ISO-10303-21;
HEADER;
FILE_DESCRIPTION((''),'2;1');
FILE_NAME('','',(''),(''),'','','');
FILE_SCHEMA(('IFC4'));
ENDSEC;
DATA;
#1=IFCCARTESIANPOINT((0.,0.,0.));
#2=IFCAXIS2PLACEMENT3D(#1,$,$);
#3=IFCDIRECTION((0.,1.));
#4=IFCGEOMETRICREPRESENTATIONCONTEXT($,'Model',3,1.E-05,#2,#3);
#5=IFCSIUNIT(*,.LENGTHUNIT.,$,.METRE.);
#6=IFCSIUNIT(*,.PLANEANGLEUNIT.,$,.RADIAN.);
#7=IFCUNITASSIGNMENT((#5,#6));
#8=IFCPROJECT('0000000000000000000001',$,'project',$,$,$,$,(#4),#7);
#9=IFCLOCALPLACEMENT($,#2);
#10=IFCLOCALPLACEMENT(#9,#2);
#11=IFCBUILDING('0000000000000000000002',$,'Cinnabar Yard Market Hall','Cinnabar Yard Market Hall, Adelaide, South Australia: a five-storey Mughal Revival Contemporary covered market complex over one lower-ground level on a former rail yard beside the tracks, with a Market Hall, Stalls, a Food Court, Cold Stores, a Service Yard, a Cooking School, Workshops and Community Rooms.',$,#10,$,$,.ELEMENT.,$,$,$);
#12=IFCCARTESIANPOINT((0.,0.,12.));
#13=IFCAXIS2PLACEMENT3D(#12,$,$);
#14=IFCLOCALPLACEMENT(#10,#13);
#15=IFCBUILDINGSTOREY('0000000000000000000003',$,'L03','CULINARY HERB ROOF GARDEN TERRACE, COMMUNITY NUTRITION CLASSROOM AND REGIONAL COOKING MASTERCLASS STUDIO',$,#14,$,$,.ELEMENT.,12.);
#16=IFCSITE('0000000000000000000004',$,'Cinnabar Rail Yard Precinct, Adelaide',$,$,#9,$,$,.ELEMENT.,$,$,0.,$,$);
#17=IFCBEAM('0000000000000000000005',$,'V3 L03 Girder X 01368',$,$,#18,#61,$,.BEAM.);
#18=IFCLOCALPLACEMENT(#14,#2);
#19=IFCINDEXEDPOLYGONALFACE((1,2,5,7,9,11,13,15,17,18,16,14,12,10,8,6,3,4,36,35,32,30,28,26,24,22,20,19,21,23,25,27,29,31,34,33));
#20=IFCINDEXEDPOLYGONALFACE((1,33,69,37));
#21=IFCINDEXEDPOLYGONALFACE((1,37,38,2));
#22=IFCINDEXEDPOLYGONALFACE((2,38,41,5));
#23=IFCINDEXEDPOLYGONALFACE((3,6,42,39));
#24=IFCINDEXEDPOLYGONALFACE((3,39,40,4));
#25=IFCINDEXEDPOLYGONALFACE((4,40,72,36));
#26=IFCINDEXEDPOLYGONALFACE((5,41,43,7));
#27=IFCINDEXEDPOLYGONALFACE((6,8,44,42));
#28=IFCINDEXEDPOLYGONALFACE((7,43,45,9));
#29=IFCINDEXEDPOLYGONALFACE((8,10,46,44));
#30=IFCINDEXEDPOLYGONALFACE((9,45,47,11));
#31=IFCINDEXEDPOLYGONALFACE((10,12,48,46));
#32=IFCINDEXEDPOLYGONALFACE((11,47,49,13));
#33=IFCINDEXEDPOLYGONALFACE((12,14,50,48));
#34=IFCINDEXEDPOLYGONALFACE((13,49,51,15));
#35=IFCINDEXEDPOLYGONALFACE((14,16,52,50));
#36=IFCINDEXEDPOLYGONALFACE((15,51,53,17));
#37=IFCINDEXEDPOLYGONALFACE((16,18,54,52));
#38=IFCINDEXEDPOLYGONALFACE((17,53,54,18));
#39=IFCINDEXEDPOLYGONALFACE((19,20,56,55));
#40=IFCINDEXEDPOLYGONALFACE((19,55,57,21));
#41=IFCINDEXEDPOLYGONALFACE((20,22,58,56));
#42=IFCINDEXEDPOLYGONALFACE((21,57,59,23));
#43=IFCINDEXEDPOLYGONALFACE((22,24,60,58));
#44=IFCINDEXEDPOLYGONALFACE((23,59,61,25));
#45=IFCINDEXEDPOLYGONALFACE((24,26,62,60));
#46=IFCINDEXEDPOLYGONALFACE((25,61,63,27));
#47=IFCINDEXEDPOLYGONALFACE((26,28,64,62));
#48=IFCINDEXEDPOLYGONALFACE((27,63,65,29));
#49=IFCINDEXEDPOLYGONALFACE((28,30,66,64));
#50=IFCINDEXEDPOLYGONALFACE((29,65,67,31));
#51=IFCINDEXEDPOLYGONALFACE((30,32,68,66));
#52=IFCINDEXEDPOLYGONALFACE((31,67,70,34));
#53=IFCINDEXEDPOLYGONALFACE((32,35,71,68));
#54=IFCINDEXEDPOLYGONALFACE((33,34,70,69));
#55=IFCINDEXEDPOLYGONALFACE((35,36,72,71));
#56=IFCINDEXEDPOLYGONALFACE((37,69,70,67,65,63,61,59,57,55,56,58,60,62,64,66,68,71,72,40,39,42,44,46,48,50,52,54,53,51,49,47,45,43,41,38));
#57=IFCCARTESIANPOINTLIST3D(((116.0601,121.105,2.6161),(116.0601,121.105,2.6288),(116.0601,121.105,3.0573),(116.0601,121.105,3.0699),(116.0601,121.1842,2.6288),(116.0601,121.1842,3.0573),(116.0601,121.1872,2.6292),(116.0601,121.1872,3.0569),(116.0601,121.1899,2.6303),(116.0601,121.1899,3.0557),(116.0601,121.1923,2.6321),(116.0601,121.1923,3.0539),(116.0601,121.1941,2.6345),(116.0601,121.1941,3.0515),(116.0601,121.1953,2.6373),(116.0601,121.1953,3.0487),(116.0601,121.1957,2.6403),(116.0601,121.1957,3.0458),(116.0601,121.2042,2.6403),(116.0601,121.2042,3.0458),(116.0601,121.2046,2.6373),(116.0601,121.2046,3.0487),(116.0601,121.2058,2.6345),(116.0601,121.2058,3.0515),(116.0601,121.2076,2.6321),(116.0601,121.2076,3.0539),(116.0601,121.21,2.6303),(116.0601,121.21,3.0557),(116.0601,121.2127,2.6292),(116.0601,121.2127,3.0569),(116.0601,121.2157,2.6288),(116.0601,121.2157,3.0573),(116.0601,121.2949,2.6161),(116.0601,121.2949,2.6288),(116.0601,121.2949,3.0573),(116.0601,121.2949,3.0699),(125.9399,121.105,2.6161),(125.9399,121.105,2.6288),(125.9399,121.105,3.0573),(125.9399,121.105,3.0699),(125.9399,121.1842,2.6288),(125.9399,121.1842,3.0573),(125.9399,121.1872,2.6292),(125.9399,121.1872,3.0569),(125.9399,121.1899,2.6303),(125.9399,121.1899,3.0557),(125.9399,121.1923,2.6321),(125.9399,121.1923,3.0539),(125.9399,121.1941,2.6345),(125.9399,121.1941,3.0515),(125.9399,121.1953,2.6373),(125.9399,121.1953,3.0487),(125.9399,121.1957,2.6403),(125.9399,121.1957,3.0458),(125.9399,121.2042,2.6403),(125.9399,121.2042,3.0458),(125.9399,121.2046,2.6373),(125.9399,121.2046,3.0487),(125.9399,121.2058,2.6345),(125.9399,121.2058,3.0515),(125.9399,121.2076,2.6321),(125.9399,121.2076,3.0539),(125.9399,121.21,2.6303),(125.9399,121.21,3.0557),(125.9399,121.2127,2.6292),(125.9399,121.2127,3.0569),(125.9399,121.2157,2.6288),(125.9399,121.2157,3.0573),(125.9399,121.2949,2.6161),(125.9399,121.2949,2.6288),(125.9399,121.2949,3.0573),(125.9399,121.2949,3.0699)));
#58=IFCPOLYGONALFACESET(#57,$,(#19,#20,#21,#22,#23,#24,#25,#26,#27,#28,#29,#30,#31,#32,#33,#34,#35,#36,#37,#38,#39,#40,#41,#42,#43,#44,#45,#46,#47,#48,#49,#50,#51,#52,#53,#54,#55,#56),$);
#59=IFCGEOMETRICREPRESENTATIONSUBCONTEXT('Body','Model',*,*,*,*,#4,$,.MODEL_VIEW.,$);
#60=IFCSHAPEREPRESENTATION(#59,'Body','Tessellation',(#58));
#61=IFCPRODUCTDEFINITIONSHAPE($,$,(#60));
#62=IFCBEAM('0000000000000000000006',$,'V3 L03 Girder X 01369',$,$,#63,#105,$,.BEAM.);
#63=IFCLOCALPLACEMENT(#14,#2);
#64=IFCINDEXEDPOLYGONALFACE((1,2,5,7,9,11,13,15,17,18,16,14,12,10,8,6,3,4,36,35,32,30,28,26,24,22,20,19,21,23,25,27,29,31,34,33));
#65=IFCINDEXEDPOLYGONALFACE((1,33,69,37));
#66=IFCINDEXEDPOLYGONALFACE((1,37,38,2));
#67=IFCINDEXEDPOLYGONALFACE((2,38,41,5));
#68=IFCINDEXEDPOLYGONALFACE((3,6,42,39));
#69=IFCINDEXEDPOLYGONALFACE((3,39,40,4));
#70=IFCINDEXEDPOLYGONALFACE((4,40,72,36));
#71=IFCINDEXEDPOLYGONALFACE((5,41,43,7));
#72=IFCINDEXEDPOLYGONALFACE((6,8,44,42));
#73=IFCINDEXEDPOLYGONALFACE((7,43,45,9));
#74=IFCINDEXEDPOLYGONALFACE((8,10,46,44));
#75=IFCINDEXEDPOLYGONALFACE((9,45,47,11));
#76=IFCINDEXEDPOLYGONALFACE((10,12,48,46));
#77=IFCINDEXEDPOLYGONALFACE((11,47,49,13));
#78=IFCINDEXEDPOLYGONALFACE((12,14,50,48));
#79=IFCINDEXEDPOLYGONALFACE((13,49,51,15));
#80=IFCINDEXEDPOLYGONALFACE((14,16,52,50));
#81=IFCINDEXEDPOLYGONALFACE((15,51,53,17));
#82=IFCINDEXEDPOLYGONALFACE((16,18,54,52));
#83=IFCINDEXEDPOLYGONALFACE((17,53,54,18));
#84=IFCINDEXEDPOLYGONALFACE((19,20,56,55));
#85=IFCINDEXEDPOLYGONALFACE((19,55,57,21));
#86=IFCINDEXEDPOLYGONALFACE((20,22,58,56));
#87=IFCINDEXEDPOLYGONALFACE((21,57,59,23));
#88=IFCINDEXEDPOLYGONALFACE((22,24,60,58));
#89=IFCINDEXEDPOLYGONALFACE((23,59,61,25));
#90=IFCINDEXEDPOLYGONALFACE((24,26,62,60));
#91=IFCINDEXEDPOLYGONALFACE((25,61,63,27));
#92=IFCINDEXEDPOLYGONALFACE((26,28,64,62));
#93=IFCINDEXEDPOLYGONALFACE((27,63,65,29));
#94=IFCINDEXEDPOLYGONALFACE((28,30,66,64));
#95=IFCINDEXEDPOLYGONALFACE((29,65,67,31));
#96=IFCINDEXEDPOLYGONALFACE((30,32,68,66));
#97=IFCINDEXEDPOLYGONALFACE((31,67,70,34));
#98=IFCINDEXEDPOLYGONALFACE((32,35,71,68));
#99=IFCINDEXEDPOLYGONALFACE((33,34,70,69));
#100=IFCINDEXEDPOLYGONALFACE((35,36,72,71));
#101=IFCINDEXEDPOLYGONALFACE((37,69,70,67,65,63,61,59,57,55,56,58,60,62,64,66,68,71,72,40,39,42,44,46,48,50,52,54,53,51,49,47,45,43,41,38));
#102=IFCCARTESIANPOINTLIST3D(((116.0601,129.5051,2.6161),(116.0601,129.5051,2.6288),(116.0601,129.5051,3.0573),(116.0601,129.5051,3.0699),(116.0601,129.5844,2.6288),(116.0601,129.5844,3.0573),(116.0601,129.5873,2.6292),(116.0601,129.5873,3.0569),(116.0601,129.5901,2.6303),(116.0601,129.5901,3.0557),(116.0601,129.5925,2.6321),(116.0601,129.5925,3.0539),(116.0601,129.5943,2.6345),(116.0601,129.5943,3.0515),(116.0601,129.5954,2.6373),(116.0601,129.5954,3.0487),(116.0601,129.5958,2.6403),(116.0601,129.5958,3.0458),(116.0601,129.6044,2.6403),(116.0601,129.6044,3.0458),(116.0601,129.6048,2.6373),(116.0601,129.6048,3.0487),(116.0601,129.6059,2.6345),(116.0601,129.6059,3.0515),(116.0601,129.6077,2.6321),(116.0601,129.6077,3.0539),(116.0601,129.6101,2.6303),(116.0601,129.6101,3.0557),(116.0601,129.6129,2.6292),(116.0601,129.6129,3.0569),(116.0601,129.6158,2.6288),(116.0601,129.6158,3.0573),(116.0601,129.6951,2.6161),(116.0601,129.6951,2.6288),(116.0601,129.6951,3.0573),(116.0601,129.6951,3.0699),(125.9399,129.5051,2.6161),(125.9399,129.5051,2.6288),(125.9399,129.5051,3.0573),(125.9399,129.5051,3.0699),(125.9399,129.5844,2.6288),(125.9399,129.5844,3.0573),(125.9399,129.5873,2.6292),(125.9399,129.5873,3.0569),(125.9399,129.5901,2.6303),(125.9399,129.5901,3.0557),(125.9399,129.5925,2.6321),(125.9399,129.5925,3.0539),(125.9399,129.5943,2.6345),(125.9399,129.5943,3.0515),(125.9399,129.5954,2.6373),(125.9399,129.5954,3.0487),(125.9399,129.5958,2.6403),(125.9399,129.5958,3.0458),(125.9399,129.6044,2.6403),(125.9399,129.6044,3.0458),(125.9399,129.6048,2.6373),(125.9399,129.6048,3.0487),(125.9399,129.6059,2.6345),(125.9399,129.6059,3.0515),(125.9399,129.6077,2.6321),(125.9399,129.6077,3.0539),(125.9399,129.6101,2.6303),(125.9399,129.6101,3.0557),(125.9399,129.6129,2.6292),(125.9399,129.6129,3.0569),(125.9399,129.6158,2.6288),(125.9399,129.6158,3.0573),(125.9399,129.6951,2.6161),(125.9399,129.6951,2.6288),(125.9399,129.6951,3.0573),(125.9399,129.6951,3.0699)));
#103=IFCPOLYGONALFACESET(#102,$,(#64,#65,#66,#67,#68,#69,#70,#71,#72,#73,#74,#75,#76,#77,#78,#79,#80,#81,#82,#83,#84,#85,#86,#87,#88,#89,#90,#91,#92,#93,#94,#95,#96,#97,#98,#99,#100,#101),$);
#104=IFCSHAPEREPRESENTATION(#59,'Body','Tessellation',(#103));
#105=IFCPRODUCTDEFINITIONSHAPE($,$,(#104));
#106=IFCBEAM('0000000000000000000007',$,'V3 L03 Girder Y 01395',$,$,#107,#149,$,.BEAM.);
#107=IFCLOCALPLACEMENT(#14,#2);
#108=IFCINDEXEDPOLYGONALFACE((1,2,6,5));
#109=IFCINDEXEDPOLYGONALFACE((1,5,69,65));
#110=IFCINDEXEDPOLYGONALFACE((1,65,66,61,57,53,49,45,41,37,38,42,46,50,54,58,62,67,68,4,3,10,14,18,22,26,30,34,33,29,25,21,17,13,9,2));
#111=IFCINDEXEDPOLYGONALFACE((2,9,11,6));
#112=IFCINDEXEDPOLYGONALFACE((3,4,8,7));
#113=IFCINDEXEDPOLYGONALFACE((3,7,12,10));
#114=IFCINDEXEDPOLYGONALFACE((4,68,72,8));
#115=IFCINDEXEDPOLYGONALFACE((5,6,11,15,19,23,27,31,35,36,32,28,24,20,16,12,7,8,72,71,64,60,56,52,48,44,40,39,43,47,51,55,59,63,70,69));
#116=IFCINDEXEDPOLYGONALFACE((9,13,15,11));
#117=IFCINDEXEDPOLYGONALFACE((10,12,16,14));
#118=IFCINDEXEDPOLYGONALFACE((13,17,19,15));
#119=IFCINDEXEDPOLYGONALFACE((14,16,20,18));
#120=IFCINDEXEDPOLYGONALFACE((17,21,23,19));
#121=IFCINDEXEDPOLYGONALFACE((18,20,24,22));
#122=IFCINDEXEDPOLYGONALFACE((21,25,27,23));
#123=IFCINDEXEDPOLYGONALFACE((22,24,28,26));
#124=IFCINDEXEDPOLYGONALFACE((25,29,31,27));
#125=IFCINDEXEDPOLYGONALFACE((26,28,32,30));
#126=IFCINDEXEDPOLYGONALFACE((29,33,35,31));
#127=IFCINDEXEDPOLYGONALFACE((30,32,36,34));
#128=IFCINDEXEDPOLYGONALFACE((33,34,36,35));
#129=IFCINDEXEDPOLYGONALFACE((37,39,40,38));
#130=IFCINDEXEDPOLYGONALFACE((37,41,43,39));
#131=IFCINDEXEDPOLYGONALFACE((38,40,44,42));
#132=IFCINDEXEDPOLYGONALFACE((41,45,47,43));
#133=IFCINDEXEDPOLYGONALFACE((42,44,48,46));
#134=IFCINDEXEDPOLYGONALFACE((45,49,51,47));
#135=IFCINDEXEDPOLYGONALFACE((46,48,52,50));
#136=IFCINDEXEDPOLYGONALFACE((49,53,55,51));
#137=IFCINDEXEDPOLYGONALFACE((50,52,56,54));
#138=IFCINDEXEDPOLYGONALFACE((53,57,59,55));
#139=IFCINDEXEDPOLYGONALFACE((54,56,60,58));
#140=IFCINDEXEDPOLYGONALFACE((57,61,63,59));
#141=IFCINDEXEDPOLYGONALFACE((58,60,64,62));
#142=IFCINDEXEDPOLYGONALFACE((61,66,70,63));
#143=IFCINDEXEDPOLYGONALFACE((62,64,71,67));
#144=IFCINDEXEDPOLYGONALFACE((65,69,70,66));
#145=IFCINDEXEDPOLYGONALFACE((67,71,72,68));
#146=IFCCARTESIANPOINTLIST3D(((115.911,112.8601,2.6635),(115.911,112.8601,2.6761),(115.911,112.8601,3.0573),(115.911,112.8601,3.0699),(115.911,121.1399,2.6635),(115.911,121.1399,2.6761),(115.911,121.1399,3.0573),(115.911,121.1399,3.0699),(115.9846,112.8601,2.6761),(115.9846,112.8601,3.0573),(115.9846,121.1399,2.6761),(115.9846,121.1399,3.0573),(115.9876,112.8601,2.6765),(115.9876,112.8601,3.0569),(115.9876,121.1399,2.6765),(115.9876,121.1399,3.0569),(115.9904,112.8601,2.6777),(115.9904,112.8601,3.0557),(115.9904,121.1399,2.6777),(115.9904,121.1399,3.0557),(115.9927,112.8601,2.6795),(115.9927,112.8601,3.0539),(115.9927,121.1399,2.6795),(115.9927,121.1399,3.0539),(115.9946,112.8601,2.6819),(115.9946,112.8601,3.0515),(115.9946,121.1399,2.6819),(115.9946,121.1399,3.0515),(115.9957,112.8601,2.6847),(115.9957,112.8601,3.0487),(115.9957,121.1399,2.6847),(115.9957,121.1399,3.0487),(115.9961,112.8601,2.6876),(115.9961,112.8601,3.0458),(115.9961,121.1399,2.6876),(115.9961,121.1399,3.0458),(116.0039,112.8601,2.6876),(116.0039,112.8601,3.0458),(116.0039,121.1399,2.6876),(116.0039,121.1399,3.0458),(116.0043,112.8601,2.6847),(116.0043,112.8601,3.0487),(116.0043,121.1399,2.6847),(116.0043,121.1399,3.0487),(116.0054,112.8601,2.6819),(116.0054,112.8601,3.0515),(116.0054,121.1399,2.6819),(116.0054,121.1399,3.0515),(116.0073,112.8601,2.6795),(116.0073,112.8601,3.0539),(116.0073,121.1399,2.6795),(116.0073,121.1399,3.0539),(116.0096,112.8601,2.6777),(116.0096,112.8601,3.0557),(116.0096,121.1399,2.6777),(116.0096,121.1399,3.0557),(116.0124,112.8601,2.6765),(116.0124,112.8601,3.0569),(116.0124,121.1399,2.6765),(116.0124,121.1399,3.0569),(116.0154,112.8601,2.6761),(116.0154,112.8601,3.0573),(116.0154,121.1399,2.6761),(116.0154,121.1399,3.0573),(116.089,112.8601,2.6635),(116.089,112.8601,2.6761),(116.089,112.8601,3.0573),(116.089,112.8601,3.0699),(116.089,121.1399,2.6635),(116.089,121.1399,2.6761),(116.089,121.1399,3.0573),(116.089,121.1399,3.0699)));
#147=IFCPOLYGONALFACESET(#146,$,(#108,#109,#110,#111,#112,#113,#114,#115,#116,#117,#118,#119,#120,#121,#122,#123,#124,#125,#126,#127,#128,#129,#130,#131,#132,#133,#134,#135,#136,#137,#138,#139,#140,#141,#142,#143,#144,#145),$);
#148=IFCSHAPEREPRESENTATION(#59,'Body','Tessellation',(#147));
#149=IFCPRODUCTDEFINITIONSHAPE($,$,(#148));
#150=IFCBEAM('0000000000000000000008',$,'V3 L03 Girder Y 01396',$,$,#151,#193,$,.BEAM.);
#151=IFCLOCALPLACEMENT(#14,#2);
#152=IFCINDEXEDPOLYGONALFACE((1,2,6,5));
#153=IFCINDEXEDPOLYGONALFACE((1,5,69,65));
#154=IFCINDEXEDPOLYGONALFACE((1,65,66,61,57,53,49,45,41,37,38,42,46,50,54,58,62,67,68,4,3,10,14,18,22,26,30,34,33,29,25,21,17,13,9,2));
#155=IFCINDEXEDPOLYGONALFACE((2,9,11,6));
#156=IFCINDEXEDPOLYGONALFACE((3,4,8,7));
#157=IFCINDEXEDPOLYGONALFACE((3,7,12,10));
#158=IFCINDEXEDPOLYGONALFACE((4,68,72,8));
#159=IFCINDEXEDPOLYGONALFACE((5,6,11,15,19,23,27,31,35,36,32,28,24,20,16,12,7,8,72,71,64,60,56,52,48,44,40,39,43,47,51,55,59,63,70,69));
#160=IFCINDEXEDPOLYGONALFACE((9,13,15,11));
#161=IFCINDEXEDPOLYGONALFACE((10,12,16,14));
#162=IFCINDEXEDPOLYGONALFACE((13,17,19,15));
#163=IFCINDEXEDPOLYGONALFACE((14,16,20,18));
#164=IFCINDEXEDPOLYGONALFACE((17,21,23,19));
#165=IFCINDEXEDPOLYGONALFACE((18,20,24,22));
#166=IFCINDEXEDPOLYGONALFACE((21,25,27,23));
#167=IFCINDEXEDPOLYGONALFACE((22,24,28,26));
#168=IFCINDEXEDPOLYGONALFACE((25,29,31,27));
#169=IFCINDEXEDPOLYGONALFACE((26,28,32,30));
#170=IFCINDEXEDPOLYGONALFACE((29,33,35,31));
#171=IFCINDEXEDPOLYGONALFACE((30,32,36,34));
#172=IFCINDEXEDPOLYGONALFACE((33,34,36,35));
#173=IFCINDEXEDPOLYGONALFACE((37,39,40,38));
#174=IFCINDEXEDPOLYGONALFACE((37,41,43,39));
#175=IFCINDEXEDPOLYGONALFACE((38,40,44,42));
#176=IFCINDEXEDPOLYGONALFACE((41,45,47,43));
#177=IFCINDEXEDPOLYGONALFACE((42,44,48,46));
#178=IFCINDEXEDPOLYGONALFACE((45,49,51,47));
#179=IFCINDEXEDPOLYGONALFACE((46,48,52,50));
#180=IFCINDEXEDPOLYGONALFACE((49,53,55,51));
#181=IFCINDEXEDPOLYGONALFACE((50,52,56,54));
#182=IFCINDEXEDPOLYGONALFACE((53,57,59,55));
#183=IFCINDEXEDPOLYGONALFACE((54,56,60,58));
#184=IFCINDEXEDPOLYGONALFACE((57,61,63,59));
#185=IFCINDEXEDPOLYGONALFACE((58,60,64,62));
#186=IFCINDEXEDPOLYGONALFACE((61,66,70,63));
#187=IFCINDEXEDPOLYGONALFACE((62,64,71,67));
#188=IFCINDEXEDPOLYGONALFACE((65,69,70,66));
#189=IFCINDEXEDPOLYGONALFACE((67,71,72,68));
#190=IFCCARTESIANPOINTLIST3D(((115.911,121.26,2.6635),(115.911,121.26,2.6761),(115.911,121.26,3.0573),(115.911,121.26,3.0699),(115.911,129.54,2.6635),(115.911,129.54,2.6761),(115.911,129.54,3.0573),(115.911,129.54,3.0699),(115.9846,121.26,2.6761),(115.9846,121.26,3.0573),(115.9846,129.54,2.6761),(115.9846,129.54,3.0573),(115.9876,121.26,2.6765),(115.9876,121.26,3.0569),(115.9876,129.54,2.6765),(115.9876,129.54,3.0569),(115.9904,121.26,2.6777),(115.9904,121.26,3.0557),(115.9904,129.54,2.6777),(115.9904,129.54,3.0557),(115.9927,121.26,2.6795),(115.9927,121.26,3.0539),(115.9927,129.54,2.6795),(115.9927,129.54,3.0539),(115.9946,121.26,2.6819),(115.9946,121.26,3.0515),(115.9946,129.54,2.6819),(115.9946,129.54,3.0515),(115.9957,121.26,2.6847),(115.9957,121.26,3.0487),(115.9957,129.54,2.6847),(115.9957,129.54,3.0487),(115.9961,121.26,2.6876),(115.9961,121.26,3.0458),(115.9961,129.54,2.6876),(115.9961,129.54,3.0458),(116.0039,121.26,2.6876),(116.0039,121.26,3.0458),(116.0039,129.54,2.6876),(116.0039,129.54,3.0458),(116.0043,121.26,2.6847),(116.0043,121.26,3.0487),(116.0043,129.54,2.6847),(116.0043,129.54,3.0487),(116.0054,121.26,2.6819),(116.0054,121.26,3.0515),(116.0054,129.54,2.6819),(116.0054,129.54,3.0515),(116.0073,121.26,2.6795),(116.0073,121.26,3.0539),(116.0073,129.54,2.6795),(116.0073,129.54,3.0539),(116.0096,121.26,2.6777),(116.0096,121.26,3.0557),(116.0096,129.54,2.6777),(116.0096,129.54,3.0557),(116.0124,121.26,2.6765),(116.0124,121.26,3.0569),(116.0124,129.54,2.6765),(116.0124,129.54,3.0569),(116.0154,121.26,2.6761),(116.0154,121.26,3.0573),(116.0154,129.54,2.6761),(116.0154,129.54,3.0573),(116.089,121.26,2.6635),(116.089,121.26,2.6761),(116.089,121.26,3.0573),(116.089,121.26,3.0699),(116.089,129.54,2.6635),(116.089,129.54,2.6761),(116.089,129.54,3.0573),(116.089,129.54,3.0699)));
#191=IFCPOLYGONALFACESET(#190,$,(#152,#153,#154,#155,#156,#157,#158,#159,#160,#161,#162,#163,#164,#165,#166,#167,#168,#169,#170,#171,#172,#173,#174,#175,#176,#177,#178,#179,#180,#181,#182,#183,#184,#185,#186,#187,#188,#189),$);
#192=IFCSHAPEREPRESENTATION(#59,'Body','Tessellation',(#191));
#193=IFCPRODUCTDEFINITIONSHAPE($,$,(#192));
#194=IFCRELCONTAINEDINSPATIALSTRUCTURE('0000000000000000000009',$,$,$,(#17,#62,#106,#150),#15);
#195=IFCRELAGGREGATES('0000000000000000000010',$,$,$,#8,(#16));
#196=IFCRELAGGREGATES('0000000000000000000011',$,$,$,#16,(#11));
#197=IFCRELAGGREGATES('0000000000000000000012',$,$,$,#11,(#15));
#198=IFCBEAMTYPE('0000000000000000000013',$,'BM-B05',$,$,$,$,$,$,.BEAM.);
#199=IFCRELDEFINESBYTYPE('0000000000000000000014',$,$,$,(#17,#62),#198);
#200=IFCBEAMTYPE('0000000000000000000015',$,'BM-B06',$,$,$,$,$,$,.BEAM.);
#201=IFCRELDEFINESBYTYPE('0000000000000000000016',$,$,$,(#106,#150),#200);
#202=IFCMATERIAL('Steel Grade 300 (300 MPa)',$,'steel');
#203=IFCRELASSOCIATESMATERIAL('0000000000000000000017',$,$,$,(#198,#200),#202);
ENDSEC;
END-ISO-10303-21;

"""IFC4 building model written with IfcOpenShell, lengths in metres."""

from ifc_helpers import new_model, si_unit, direction, frame, origin, origin_2d_with_axis, place, context, subcontext, project, spatial, i_section, extrude, material, material_profile, profile_set, type_object, element, save


model = new_model("IFC4")

# Units and contexts
model_context = context("Model", 3, precision=1e-05, world=origin(), true_north=direction((0.0, 1.0)))
body_context = subcontext(model_context, "Body", "Model", "MODEL_VIEW")
ifc_project = project(units=[si_unit("LENGTHUNIT", "METRE"), si_unit("PLANEANGLEUNIT", "RADIAN")], contexts=[model_context])

# Site, building, storey
site_placement = place(None, origin())
site = spatial("IfcSite", under=ifc_project, at=site_placement, Name="Cinnabar Rail Yard Precinct, Adelaide", CompositionType="ELEMENT", RefElevation=0.0)
building_placement = place(site_placement, origin())
building = spatial("IfcBuilding", under=site, at=building_placement, Name="Cinnabar Yard Market Hall", Description="Cinnabar Yard Market Hall, Adelaide, South Australia: a five-storey Mughal Revival Contemporary covered market complex over one lower-ground level on a former rail yard beside the tracks, with a Market Hall, Stalls, a Food Court, Cold Stores, a Service Yard, a Cooking School, Workshops and Community Rooms.", CompositionType="ELEMENT")
storey_placement = place(building_placement, frame((0.0, 0.0, 12.0)))
storey = spatial("IfcBuildingStorey", under=building, at=storey_placement, Name="L03", Description="CULINARY HERB ROOF GARDEN TERRACE, COMMUNITY NUTRITION CLASSROOM AND REGIONAL COOKING MASTERCLASS STUDIO", CompositionType="ELEMENT", Elevation=12.0)

# Shared definitions
ifc_material_1 = material(Name="Steel Grade 300 (300 MPa)", Category="steel")

# Beams
ifc_material_profile_1 = material_profile(ifc_material_1, i_section(OverallWidth=0.1899, OverallDepth=0.4539, WebThickness=0.0085, FlangeThickness=0.0127, FilletRadius=0.0115, at=origin_2d_with_axis()), Name="460UB67.1")
ifc_profile_set_1 = profile_set([ifc_material_profile_1], Name="Steel Grade 300 (300 MPa)")
beam_type_1 = type_object("IfcBeamType", Name="BM-B05", PredefinedType="BEAM", material=ifc_profile_set_1)
for number, where, z_axis, x_axis, name in (
    (1, (116.0601, 121.2, 2.843), (1.0, 0.0, 0.0), (0.0, 1.0, 0.0), "V3 L03 Girder X 01368"),
    (2, (116.0601, 129.6001, 2.843), (1.0, 0.0, 0.0), (0.0, 1.0, 0.0), "V3 L03 Girder X 01369"),
):
    element("IfcBeam", number, at=place(storey_placement, frame(where, z_axis=z_axis, x_axis=x_axis)), inside=storey, type_object=beam_type_1, Name=name, PredefinedType="BEAM", context=body_context, shape_type="SweptSolid", body=[
        extrude(i_section(OverallWidth=0.1899, OverallDepth=0.4539, WebThickness=0.0085, FlangeThickness=0.0127, FilletRadius=0.0115, at=origin_2d_with_axis()), origin(), (0.0, 0.0, 1.0), 9.8799),
    ])
ifc_material_profile_2 = material_profile(ifc_material_1, i_section(OverallWidth=0.178, OverallDepth=0.4065, WebThickness=0.0078, FlangeThickness=0.0127, FilletRadius=0.0115, at=origin_2d_with_axis()), Name="410UB59.7")
ifc_profile_set_2 = profile_set([ifc_material_profile_2], Name="Steel Grade 300 (300 MPa)")
beam_type_2 = type_object("IfcBeamType", Name="BM-B06", PredefinedType="BEAM", material=ifc_profile_set_2)
beam_1_placement = place(storey_placement, frame((116.0, 112.8601, 2.8667), z_axis=(0.0, 1.0, 0.0), x_axis=(-1.0, 0.0, 0.0)))
element("IfcBeam", 3, at=beam_1_placement, inside=storey, type_object=beam_type_2, Name="V3 L03 Girder Y 01395", PredefinedType="BEAM", context=body_context, shape_type="SweptSolid", body=[
    extrude(i_section(OverallWidth=0.178, OverallDepth=0.4065, WebThickness=0.0078, FlangeThickness=0.0127, FilletRadius=0.0115, at=origin_2d_with_axis()), origin(), (0.0, 0.0, 1.0), 8.2798),
])
for number, where, z_axis, x_axis, name in (
    (4, (116.0, 121.26, 2.8667), (0.0, 1.0, 0.0), (-1.0, 0.0, 0.0), "V3 L03 Girder Y 01396"),
):
    element("IfcBeam", number, at=place(storey_placement, frame(where, z_axis=z_axis, x_axis=x_axis)), inside=storey, type_object=beam_type_2, Name=name, PredefinedType="BEAM", context=body_context, shape_type="SweptSolid", body=[
        extrude(i_section(OverallWidth=0.178, OverallDepth=0.4065, WebThickness=0.0078, FlangeThickness=0.0127, FilletRadius=0.0115, at=origin_2d_with_axis()), origin(), (0.0, 0.0, 1.0), 8.28),
    ])

save(model, "model.ifc")
